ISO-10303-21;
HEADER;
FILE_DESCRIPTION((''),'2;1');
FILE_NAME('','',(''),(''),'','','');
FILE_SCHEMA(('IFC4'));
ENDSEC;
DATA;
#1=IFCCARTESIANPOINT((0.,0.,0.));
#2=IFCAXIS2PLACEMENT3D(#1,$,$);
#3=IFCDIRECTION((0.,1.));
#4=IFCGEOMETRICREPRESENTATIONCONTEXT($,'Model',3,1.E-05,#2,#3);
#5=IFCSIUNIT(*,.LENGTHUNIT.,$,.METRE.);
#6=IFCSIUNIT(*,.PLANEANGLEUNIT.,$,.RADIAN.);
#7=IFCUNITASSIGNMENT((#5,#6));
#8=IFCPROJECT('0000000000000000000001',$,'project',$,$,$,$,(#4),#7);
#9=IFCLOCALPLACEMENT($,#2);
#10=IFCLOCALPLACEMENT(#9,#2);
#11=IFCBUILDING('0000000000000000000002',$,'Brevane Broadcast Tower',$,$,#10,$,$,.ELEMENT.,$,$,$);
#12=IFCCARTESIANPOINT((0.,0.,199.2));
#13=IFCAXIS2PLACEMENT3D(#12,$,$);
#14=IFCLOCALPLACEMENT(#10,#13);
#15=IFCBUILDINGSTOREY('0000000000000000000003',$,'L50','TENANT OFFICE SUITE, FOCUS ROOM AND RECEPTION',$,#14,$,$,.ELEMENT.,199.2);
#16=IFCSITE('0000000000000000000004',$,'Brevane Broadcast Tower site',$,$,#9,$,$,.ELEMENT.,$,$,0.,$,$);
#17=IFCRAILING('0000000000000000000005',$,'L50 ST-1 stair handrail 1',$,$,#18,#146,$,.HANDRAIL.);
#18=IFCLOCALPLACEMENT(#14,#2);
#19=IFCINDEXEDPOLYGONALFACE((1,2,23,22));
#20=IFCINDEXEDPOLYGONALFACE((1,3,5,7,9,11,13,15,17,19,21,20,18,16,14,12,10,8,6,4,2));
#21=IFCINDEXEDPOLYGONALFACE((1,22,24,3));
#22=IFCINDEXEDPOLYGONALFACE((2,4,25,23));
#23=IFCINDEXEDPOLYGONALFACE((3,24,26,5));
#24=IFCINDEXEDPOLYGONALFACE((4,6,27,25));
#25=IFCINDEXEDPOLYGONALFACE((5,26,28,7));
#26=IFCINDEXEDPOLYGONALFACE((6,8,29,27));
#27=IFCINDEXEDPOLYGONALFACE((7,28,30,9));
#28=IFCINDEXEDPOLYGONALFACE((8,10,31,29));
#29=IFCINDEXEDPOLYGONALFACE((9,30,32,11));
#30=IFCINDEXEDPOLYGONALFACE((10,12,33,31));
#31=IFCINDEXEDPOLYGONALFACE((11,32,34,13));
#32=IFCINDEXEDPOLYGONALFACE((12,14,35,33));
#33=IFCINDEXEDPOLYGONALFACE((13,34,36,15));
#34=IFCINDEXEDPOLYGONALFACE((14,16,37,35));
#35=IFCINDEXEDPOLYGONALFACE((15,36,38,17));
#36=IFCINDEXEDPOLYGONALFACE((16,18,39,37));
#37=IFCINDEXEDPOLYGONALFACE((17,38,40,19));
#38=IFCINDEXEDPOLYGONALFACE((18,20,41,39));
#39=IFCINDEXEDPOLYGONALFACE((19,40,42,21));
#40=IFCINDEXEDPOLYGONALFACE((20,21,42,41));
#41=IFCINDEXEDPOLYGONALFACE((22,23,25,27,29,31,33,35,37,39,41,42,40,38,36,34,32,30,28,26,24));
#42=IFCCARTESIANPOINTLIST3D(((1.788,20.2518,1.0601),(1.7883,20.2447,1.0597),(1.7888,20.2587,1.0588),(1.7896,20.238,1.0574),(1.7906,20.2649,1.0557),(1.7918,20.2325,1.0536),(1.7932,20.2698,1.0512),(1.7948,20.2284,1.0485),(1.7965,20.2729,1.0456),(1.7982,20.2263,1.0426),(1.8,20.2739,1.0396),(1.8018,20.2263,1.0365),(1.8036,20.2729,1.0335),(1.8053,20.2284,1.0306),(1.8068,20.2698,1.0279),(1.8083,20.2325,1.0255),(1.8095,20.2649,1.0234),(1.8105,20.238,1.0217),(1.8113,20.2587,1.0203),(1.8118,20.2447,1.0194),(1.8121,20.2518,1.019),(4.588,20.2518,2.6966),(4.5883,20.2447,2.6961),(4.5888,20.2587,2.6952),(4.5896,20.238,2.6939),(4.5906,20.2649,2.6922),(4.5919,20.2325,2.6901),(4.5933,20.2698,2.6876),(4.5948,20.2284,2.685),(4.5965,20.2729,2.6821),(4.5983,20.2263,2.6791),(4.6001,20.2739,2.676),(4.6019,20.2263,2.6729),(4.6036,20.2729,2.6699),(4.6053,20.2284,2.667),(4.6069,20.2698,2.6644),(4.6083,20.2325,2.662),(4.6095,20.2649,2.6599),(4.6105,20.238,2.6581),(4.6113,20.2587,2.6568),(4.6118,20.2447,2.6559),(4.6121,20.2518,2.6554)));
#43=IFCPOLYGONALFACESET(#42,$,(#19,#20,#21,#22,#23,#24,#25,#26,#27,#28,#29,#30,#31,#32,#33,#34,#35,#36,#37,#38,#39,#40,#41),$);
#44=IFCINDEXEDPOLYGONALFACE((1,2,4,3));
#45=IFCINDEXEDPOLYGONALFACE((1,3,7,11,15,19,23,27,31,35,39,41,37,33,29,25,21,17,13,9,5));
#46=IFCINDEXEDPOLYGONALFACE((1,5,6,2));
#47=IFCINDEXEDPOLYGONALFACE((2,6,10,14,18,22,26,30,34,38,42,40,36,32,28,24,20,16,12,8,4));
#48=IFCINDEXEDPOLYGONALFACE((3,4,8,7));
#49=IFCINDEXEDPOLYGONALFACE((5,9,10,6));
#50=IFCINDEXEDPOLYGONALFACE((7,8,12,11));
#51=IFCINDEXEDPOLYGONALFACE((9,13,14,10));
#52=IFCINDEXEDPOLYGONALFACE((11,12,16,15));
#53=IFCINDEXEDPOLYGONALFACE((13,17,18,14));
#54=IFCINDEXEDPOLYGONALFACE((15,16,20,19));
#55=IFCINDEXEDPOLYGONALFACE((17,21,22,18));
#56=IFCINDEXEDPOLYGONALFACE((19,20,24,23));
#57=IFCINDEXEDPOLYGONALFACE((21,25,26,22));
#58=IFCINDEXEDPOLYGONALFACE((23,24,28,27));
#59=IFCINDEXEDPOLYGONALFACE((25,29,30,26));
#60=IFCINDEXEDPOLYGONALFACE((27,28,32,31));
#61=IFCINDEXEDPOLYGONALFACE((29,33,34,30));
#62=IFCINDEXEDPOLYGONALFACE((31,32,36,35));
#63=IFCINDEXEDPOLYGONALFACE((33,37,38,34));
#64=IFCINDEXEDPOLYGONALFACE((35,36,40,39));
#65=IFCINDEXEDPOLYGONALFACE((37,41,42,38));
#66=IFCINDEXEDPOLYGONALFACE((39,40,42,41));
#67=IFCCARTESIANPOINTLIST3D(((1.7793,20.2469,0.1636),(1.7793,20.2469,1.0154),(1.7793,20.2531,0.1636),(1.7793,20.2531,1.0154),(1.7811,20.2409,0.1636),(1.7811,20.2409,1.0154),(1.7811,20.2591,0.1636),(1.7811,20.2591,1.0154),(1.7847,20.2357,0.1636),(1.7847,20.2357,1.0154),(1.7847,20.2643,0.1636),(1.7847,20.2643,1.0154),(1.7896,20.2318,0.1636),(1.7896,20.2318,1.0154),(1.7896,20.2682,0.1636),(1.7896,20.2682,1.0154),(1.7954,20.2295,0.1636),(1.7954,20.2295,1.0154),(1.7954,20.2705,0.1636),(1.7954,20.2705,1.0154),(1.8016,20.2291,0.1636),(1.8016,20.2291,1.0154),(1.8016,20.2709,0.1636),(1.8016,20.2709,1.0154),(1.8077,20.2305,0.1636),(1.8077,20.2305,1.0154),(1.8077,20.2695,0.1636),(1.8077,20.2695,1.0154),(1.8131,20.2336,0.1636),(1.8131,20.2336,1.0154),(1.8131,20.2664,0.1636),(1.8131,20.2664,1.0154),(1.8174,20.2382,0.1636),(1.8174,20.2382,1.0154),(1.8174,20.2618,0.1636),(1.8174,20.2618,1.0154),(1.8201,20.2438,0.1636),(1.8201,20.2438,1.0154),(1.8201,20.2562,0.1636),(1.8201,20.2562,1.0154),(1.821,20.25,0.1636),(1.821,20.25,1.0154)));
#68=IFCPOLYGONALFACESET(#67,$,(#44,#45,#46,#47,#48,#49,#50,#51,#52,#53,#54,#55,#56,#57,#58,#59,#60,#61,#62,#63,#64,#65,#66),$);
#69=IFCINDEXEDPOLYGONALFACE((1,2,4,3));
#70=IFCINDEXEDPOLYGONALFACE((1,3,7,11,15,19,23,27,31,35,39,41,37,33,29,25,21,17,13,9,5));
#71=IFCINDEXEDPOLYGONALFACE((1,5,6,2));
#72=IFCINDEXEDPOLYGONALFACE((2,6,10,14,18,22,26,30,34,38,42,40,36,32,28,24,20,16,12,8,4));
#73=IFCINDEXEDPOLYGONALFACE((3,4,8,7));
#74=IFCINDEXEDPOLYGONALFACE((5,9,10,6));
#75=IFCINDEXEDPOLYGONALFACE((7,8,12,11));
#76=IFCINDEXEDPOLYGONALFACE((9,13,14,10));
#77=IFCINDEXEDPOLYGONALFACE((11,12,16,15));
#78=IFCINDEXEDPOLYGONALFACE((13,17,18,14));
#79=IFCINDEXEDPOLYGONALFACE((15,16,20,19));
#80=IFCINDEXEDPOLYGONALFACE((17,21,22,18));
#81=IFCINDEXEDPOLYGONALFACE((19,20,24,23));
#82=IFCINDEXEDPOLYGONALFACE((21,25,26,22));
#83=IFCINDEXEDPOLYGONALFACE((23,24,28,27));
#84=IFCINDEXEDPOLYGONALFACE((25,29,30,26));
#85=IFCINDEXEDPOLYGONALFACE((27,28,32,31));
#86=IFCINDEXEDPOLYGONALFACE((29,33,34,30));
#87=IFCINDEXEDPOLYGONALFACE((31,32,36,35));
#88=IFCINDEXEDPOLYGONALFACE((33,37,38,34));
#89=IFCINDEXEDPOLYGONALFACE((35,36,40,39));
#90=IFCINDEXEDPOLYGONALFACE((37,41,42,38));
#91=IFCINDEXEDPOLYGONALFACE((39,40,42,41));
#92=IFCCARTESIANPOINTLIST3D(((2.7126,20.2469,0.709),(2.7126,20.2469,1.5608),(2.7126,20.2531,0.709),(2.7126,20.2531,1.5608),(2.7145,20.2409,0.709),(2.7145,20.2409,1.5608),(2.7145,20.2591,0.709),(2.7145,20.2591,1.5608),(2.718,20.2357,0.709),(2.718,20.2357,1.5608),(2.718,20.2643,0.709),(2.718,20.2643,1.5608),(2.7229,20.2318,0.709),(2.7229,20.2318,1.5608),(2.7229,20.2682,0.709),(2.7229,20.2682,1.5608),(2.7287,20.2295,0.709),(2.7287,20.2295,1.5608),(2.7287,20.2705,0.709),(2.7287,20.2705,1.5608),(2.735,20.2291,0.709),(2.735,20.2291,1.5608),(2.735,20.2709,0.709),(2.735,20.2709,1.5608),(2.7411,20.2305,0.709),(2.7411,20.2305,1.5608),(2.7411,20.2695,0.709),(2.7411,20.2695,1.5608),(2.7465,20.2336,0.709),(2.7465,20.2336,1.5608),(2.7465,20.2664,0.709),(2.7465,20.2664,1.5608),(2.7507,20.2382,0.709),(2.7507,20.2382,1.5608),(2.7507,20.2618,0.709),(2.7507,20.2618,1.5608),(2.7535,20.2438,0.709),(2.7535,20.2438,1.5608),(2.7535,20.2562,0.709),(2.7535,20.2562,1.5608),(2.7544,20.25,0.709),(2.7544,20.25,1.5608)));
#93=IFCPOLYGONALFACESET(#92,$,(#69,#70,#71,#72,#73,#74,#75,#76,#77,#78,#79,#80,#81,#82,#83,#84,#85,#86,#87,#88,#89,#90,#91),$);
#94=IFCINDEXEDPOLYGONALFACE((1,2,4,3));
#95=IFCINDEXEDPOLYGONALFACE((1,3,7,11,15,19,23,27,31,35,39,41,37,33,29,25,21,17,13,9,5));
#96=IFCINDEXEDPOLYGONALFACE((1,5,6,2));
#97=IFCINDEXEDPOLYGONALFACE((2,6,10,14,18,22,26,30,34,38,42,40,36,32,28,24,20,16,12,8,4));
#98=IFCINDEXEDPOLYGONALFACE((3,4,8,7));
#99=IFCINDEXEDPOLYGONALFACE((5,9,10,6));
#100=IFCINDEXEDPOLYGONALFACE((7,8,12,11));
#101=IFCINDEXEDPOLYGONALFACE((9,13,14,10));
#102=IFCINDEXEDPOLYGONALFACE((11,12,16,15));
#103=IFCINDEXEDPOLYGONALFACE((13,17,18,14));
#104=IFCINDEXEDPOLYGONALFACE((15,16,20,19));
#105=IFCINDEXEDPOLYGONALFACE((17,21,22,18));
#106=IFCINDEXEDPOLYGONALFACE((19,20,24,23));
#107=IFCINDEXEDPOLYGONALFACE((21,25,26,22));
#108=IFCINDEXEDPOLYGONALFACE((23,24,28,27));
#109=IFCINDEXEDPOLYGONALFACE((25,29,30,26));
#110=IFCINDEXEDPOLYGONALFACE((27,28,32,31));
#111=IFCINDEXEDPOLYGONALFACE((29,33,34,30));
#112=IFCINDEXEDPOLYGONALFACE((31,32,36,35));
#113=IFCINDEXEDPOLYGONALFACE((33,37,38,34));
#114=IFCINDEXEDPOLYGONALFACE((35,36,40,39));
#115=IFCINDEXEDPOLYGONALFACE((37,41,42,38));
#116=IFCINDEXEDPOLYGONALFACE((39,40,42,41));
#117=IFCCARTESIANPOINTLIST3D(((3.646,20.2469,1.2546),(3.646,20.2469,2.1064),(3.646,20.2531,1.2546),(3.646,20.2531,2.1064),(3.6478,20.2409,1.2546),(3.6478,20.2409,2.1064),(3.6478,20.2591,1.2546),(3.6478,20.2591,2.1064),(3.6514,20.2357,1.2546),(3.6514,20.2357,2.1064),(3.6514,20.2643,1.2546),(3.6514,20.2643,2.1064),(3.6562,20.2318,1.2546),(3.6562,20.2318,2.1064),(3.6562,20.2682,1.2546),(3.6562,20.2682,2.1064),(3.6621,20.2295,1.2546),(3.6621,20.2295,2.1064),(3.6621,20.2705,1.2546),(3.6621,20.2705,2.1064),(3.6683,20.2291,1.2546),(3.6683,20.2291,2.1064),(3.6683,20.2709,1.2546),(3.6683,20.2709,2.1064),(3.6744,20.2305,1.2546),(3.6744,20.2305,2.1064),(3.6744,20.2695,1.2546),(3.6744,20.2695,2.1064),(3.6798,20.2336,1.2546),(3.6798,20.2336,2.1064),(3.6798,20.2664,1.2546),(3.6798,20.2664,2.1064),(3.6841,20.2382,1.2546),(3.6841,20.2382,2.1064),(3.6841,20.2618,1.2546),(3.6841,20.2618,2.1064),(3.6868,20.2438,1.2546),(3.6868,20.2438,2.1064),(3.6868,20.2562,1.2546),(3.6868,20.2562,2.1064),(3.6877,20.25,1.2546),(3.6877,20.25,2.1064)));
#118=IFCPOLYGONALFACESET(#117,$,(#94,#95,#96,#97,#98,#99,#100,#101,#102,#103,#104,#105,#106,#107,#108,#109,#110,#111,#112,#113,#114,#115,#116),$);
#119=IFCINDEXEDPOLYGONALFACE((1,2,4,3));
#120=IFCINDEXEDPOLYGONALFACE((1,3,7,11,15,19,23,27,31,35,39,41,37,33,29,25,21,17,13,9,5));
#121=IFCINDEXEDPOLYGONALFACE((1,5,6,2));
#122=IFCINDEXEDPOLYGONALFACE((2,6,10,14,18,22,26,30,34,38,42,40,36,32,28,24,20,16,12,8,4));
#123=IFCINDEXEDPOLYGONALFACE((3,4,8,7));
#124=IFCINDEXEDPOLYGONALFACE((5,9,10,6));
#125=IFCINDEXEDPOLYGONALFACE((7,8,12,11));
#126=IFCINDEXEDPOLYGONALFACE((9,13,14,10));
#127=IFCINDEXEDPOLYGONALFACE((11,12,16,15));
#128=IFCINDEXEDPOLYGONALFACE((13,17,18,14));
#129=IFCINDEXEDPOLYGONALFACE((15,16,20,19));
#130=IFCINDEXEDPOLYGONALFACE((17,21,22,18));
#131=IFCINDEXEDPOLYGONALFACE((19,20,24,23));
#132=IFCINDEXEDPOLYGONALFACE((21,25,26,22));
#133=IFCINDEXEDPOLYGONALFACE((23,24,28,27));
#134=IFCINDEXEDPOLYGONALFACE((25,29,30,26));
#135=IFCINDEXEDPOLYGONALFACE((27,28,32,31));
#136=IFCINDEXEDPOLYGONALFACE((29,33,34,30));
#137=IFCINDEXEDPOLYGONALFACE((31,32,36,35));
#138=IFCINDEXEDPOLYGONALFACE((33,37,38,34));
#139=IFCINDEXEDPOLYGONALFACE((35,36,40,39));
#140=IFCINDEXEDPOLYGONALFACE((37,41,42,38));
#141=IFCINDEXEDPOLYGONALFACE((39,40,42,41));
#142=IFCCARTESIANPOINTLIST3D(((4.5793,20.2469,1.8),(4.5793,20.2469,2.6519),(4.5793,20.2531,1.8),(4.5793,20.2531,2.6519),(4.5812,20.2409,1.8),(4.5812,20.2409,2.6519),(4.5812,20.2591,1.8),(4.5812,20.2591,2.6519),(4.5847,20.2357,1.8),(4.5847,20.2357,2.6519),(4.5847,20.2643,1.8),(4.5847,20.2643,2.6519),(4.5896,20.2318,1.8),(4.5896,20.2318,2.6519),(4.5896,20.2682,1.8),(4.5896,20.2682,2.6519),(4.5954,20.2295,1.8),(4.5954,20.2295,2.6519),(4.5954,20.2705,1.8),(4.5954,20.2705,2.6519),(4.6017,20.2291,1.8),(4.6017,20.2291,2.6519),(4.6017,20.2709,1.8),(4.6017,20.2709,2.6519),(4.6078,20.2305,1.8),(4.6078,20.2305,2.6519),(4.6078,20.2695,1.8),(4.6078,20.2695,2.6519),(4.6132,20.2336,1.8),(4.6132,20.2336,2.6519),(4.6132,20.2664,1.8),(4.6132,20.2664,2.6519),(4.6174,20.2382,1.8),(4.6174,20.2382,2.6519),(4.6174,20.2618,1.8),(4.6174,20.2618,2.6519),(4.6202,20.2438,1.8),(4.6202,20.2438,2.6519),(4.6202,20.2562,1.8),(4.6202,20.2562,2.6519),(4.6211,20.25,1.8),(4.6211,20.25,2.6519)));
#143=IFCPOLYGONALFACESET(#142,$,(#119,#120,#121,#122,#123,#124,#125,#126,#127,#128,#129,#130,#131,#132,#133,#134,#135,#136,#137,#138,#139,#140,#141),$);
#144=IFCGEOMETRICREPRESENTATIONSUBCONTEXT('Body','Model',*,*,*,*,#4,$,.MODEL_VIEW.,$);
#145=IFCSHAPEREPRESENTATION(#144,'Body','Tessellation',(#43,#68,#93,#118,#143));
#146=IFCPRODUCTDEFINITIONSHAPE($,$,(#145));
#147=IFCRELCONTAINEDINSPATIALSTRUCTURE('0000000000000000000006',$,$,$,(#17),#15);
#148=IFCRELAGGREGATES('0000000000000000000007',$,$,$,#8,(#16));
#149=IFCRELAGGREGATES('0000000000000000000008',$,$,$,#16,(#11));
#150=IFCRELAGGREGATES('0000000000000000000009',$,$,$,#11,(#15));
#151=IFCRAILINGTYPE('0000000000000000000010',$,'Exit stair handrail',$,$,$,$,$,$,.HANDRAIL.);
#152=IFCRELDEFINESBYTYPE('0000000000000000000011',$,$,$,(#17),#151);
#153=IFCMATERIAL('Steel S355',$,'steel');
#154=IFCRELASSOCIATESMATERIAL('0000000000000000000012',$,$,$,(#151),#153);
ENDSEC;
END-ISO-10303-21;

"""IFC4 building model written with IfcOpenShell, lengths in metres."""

from ifc_helpers import new_model, si_unit, direction, frame, origin, origin_2d, place, context, subcontext, project, spatial, circle, extrude, material, type_object, element, save


model = new_model("IFC4")

# Units and contexts
model_context = context("Model", 3, precision=1e-05, world=origin(), true_north=direction((0.0, 1.0)))
body_context = subcontext(model_context, "Body", "Model", "MODEL_VIEW")
ifc_project = project(units=[si_unit("LENGTHUNIT", "METRE"), si_unit("PLANEANGLEUNIT", "RADIAN")], contexts=[model_context])

# Site, building, storey
site_placement = place(None, origin())
site = spatial("IfcSite", under=ifc_project, at=site_placement, Name="Brevane Broadcast Tower site", CompositionType="ELEMENT", RefElevation=0.0)
building_placement = place(site_placement, origin())
building = spatial("IfcBuilding", under=site, at=building_placement, Name="Brevane Broadcast Tower", CompositionType="ELEMENT")
storey_placement = place(building_placement, frame((0.0, 0.0, 199.2)))
storey = spatial("IfcBuildingStorey", under=building, at=storey_placement, Name="L50", Description="TENANT OFFICE SUITE, FOCUS ROOM AND RECEPTION", CompositionType="ELEMENT", Elevation=199.2)

# Railing
ifc_material_1 = material(Name="Steel S355", Category="steel")
railing_type_1 = type_object("IfcRailingType", Name="Exit stair handrail", PredefinedType="HANDRAIL", material=ifc_material_1)
railing_1_placement = place(storey_placement, frame((1.8, 20.25, 0.1636)))
element("IfcRailing", 1, at=railing_1_placement, inside=storey, type_object=railing_type_1, Name="L50 ST-1 stair handrail 1", PredefinedType="HANDRAIL", context=body_context, shape_type="SweptSolid", body=[
    extrude(circle(Radius=0.0239, at=origin_2d()), frame((0.0, 0.0, 0.876), z_axis=(0.863361, 0.0, 0.504587), x_axis=(0.0, 1.0, 0.0)), (0.0, 0.0, 1.0), 3.2432),
    extrude(circle(Radius=0.021, at=origin_2d()), origin(), (0.0, 0.0, 1.0), 0.8518),
    extrude(circle(Radius=0.021, at=origin_2d()), frame((0.9333, 0.0, 0.5454)), (0.0, 0.0, 1.0), 0.8518),
    extrude(circle(Radius=0.021, at=origin_2d()), frame((1.8667, 0.0, 1.0911)), (0.0, 0.0, 1.0), 0.8518),
    extrude(circle(Radius=0.021, at=origin_2d()), frame((2.8, 0.0, 1.6365)), (0.0, 0.0, 1.0), 0.8518),
])

save(model, "model.ifc")
